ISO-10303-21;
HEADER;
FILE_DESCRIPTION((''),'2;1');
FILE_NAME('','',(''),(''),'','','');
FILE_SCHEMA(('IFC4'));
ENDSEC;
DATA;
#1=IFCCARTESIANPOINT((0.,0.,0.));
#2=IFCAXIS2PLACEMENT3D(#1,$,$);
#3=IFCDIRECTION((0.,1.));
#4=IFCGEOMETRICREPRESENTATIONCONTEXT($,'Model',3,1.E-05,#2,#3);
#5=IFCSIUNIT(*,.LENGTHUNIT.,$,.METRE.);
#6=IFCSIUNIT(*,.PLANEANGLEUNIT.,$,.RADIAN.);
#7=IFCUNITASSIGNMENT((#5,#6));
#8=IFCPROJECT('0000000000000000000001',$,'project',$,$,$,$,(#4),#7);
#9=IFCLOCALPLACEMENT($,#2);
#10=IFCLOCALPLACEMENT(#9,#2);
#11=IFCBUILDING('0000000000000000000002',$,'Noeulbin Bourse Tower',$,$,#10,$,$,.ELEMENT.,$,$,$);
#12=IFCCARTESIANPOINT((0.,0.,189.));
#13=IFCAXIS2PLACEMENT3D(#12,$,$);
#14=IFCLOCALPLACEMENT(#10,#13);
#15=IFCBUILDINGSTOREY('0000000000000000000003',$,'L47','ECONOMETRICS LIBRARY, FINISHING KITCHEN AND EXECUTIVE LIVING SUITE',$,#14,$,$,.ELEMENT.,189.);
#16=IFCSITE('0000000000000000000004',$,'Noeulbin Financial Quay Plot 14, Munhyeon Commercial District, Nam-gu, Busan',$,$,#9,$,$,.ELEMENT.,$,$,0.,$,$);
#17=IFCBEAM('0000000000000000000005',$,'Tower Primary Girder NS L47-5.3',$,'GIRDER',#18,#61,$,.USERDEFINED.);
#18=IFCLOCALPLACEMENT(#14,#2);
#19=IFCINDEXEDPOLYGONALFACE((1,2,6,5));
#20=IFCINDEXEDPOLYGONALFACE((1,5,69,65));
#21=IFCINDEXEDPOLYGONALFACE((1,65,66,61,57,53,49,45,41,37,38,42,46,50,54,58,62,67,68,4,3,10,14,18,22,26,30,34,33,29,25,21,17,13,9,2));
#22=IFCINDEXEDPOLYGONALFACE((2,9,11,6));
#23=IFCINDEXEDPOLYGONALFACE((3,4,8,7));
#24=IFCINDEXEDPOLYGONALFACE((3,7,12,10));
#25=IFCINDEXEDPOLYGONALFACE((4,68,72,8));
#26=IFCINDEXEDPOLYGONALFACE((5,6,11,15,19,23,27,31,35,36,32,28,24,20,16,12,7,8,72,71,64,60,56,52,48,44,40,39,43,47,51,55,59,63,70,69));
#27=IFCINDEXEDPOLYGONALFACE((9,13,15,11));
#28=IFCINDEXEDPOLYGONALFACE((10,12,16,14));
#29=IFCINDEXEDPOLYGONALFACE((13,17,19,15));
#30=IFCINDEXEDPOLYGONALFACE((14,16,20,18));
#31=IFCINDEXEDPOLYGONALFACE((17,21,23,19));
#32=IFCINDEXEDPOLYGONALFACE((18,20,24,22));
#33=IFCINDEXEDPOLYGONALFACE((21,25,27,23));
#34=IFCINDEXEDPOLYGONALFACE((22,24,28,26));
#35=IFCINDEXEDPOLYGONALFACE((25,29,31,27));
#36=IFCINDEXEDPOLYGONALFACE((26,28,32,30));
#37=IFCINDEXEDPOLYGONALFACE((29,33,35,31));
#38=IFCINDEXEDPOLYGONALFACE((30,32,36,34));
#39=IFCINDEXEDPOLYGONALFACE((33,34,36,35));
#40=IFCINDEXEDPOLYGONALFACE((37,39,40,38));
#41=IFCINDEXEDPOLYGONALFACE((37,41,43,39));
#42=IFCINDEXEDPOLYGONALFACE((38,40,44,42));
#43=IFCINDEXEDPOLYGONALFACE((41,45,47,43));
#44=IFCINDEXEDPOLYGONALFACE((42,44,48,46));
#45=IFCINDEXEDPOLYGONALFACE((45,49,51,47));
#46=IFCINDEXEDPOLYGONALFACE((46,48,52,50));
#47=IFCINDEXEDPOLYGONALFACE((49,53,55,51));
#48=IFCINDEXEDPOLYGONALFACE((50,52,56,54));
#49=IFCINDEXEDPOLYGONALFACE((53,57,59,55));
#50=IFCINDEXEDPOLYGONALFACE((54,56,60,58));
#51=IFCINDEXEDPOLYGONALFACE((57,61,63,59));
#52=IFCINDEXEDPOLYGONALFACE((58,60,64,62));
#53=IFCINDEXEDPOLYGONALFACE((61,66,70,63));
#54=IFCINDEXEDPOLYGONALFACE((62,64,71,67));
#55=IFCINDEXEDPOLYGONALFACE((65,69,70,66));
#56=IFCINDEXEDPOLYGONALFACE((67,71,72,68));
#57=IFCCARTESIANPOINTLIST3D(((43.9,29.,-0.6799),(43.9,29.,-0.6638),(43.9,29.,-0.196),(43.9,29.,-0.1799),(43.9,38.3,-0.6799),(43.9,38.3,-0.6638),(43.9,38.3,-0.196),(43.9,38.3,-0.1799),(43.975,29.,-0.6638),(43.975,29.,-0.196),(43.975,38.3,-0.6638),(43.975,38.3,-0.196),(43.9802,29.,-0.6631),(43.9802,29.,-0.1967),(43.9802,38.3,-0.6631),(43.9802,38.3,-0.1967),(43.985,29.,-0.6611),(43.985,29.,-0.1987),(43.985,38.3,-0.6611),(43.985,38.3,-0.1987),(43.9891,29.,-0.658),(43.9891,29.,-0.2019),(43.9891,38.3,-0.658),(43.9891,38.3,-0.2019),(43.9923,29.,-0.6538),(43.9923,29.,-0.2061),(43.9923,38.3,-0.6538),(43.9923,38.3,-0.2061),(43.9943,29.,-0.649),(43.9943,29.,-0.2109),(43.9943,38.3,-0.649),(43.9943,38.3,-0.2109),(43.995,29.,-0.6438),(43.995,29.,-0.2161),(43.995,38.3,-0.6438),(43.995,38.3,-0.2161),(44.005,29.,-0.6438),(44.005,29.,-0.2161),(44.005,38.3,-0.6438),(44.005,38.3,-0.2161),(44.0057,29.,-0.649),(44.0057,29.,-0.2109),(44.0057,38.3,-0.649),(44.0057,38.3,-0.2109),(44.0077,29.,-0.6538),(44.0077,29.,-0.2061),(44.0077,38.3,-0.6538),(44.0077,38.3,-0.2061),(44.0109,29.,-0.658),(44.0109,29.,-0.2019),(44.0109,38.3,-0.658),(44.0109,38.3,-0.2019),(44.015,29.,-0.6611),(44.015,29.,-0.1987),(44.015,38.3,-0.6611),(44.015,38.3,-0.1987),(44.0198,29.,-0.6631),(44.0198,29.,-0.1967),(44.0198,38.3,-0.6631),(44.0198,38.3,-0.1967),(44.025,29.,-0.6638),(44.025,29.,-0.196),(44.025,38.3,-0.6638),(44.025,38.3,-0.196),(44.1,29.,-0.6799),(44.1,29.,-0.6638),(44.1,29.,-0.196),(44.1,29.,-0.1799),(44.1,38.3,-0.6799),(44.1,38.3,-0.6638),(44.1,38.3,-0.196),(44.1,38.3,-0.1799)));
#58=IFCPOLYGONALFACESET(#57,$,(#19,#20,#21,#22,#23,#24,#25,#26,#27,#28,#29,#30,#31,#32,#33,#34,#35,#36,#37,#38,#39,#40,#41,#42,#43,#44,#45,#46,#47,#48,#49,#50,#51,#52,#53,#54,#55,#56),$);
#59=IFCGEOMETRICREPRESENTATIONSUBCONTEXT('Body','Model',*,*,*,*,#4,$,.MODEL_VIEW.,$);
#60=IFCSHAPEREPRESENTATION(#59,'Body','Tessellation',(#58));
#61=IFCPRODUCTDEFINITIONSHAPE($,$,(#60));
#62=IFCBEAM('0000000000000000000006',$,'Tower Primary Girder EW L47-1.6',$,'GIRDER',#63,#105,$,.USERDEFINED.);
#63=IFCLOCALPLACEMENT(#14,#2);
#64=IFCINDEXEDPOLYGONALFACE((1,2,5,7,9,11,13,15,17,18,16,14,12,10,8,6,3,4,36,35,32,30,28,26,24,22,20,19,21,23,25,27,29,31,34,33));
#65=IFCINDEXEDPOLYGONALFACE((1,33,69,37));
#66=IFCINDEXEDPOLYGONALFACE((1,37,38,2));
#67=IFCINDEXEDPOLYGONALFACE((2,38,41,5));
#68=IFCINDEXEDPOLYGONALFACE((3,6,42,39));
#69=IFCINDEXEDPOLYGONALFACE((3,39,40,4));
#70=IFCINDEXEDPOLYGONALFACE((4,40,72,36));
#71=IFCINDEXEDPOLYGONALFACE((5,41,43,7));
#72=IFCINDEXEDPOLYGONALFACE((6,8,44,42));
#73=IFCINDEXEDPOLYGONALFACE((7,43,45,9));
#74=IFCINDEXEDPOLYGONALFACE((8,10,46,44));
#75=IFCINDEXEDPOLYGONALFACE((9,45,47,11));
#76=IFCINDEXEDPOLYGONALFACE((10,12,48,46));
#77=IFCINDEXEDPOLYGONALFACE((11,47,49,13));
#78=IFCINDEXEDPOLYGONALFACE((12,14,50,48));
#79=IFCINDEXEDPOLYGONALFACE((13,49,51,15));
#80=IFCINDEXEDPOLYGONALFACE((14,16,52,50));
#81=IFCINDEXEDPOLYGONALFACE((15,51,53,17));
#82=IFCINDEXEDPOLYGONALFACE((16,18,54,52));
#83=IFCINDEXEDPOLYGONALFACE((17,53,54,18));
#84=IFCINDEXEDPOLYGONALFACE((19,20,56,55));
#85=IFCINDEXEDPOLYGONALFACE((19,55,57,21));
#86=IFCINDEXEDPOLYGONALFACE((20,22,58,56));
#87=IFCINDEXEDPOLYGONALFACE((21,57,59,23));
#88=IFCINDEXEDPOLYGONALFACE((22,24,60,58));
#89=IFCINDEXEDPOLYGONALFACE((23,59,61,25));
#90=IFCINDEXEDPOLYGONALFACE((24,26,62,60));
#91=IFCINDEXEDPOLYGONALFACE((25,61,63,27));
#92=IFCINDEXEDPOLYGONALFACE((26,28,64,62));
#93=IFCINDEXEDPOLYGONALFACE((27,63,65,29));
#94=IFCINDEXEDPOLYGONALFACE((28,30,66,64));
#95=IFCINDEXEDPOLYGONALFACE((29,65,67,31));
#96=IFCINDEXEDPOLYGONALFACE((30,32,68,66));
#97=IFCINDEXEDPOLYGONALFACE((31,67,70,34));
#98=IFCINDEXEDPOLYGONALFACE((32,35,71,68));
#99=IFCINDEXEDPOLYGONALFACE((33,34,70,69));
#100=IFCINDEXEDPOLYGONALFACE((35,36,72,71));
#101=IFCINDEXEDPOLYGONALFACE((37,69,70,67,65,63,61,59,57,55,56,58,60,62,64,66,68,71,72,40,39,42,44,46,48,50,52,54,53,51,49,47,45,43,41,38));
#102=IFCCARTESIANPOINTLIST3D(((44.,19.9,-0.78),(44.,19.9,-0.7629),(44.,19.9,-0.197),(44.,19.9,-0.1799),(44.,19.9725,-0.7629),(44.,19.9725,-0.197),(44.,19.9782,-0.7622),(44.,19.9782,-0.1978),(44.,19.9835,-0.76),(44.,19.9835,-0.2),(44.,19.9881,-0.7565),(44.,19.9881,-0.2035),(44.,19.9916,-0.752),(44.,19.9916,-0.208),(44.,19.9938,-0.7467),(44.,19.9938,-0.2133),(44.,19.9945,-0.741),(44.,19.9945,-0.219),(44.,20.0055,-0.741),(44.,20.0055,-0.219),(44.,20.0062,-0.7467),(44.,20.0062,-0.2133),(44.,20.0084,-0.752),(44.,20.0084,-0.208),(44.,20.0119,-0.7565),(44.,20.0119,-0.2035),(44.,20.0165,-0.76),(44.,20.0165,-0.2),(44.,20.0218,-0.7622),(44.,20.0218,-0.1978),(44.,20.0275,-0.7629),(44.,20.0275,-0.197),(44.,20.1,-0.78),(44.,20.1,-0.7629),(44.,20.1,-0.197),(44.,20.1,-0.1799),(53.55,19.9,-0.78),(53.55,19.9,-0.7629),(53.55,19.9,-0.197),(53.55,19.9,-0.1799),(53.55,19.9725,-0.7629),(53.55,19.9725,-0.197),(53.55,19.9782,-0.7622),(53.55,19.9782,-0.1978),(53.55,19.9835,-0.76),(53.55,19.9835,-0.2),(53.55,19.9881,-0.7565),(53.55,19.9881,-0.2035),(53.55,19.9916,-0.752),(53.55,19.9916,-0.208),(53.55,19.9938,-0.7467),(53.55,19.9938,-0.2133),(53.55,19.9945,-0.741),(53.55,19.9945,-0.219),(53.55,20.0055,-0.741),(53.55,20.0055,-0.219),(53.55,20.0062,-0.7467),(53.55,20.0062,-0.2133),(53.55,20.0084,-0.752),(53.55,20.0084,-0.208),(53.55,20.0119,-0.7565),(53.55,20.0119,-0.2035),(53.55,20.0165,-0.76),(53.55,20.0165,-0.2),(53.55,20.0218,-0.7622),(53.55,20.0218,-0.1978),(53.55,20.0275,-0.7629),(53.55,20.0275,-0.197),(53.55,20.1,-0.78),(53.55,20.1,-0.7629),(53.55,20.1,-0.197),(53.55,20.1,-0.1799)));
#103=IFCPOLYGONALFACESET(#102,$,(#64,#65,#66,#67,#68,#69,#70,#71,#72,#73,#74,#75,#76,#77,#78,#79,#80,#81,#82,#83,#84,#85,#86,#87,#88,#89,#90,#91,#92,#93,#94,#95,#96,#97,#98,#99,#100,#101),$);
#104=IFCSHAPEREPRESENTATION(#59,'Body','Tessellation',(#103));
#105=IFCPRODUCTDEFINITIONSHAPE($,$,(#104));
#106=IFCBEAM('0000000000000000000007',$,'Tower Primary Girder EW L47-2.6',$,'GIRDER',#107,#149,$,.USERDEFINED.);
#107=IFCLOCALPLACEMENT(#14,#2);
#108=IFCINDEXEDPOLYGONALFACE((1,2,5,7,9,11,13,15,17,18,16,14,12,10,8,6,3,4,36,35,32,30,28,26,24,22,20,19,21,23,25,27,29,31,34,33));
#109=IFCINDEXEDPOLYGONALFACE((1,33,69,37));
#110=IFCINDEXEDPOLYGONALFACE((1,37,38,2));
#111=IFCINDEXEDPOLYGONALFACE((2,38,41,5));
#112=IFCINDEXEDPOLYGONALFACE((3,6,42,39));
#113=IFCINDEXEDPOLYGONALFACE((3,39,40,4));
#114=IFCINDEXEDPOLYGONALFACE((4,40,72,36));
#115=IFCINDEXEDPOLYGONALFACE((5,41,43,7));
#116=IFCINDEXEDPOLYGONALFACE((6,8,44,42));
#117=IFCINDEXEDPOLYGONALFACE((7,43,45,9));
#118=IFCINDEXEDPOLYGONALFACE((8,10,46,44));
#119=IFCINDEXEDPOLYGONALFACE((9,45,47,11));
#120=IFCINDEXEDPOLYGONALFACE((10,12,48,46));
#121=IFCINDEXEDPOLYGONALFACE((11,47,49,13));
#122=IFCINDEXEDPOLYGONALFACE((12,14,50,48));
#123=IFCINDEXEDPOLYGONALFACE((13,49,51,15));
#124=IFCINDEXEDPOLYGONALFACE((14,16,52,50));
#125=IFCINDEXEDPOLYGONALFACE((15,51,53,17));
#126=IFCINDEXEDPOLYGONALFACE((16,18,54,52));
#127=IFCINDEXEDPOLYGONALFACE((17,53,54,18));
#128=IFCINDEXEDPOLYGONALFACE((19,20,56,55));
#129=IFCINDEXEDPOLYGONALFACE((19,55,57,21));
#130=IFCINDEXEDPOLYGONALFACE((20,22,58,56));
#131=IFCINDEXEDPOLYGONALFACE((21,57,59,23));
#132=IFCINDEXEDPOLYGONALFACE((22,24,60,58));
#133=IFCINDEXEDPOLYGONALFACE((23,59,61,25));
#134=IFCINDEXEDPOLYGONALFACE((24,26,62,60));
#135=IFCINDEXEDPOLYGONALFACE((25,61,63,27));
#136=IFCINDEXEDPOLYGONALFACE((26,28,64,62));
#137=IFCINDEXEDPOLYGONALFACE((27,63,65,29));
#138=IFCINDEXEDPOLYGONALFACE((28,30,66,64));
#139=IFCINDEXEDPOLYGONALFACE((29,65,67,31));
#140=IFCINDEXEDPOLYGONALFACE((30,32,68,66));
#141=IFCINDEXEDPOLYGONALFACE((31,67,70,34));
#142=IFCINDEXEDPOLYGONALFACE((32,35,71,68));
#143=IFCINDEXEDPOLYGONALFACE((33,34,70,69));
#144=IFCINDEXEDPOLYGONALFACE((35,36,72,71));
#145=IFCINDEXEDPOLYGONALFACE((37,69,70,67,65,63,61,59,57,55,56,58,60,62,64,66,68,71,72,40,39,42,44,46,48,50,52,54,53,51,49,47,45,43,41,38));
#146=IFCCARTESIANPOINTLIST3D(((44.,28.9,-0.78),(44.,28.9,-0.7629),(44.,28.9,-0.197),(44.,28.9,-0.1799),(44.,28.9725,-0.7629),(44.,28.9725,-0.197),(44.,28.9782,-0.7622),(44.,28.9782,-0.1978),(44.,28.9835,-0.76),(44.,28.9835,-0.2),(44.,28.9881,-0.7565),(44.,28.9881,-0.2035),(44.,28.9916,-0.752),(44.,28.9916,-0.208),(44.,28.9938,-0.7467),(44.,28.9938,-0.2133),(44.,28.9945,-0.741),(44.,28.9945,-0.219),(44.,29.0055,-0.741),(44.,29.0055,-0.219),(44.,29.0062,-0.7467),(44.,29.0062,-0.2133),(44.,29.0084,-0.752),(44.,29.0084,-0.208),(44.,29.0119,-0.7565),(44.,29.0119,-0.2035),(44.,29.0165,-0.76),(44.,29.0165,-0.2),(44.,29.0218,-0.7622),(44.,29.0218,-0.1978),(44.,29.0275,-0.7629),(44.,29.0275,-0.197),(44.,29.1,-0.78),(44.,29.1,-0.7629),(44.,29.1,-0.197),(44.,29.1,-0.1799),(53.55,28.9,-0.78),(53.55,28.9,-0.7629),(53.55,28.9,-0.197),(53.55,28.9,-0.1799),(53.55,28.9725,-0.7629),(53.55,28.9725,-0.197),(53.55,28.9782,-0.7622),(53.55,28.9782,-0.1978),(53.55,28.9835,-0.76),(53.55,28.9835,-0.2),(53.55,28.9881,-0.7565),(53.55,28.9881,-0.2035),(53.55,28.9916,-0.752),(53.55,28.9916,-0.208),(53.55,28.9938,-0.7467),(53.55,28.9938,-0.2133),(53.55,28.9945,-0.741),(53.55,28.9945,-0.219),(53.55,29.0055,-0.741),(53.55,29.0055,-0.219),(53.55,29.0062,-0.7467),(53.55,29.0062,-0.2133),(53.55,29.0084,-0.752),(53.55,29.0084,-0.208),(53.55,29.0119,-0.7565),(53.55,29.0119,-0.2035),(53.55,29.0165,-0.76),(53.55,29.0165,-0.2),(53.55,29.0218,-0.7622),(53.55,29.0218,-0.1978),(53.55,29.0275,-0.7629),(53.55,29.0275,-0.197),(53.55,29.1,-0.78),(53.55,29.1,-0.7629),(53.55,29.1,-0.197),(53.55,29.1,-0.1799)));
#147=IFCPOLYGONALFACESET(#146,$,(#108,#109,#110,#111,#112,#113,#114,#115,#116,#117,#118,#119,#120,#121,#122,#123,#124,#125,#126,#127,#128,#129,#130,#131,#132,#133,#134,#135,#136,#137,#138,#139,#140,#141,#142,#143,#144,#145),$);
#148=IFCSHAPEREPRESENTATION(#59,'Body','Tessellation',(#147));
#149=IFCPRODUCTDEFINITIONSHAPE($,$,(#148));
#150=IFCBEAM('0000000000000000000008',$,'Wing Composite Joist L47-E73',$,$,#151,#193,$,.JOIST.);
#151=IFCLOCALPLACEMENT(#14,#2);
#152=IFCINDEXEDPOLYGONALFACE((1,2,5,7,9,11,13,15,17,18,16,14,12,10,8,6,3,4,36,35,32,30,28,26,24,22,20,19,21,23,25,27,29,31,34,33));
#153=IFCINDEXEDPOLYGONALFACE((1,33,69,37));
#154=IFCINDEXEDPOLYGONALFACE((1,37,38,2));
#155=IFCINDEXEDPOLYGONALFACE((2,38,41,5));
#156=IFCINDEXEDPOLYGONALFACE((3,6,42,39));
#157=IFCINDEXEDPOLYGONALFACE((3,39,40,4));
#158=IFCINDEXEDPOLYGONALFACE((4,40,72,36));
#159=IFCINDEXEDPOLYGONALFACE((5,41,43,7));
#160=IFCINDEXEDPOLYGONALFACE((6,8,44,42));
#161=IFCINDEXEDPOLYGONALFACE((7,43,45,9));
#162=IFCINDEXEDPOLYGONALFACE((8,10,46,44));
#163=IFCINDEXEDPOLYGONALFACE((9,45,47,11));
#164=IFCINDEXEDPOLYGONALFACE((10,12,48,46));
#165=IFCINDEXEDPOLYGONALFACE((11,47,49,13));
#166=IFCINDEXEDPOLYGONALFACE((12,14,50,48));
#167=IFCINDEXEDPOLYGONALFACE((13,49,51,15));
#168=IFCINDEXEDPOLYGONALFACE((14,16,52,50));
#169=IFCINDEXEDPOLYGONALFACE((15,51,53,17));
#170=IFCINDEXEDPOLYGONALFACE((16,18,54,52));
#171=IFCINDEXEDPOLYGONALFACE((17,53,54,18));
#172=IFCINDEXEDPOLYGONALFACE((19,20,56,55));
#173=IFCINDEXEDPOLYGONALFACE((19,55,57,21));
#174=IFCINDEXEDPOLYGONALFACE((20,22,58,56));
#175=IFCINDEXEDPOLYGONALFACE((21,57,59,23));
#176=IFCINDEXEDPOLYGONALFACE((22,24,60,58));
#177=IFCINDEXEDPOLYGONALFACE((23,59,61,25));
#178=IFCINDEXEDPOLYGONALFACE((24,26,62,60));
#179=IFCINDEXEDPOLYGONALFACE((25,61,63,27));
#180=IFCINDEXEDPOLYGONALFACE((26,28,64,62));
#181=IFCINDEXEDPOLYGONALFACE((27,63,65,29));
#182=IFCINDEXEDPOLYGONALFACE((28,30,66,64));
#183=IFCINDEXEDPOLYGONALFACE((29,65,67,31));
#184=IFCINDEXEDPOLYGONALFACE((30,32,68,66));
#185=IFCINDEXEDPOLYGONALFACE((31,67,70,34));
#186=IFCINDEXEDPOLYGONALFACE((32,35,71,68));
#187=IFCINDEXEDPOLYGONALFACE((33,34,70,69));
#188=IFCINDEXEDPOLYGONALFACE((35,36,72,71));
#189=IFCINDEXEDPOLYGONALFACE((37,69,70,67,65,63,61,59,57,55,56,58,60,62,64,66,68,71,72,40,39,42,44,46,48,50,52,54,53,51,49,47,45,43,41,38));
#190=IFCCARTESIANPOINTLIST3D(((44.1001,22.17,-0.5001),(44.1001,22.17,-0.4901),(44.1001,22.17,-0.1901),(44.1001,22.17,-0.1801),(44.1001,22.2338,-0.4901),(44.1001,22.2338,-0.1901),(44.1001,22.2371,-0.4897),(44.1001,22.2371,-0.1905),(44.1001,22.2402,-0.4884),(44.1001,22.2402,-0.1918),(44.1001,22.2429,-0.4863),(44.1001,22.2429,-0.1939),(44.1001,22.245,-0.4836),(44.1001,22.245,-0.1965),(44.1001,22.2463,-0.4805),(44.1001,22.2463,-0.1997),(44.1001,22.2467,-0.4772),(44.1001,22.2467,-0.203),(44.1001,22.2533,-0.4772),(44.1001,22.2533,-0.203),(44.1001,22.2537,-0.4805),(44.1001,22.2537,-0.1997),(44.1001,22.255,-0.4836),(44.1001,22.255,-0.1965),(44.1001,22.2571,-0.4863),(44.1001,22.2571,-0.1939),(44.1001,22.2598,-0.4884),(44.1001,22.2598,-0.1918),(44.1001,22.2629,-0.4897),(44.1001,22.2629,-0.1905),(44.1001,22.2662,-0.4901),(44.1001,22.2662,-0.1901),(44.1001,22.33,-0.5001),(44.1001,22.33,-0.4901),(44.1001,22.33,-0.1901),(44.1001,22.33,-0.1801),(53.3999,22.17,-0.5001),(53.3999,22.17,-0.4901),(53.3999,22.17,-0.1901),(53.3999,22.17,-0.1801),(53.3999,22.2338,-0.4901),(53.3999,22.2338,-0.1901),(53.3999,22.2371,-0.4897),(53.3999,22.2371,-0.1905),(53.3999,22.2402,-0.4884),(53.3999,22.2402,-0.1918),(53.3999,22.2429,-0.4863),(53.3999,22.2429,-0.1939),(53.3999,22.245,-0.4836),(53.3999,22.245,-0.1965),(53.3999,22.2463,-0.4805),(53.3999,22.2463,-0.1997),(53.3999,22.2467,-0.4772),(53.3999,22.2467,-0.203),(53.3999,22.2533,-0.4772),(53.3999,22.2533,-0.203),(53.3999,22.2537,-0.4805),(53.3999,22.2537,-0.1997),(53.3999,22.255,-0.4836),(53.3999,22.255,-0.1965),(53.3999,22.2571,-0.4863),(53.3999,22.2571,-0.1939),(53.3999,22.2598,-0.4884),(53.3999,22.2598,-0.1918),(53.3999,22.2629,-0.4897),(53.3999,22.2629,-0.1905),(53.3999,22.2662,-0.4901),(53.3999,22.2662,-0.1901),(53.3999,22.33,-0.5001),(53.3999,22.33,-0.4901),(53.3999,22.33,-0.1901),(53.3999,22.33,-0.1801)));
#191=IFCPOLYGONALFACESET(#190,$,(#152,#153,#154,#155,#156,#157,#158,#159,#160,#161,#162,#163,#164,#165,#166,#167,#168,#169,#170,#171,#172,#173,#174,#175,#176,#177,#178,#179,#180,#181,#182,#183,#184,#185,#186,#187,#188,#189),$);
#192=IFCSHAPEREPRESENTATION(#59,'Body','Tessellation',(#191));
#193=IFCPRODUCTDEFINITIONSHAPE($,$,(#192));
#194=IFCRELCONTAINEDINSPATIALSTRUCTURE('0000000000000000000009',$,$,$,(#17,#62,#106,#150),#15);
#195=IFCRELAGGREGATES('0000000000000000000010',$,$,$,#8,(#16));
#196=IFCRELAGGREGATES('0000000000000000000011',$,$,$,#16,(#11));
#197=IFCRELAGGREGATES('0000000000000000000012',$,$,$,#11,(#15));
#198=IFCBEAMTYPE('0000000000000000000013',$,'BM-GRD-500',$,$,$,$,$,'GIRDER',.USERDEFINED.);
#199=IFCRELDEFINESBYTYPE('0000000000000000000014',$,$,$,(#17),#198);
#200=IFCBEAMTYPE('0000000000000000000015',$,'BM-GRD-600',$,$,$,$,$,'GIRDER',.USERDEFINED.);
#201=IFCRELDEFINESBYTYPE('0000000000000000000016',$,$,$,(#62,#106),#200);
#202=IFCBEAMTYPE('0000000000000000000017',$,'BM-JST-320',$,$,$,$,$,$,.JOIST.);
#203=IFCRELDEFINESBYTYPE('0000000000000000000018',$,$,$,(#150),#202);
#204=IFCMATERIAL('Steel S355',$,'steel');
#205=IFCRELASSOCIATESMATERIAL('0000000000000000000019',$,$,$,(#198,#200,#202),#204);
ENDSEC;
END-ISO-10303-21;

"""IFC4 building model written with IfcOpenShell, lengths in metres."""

from ifc_helpers import new_model, si_unit, direction, frame, origin, origin_2d, place, context, subcontext, project, spatial, i_section, extrude, material, material_profile, profile_set, type_object, element, save


model = new_model("IFC4")

# Units and contexts
model_context = context("Model", 3, precision=1e-05, world=origin(), true_north=direction((0.0, 1.0)))
body_context = subcontext(model_context, "Body", "Model", "MODEL_VIEW")
ifc_project = project(units=[si_unit("LENGTHUNIT", "METRE"), si_unit("PLANEANGLEUNIT", "RADIAN")], contexts=[model_context])

# Site, building, storey
site_placement = place(None, origin())
site = spatial("IfcSite", under=ifc_project, at=site_placement, Name="Noeulbin Financial Quay Plot 14, Munhyeon Commercial District, Nam-gu, Busan", CompositionType="ELEMENT", RefElevation=0.0)
building_placement = place(site_placement, origin())
building = spatial("IfcBuilding", under=site, at=building_placement, Name="Noeulbin Bourse Tower", CompositionType="ELEMENT")
storey_placement = place(building_placement, frame((0.0, 0.0, 189.0)))
storey = spatial("IfcBuildingStorey", under=building, at=storey_placement, Name="L47", Description="ECONOMETRICS LIBRARY, FINISHING KITCHEN AND EXECUTIVE LIVING SUITE", CompositionType="ELEMENT", Elevation=189.0)

# Shared definitions
ifc_material_1 = material(Name="Steel S355", Category="steel")

# Beams
ifc_material_profile_1 = material_profile(ifc_material_1, i_section(OverallWidth=0.2, OverallDepth=0.5, WebThickness=0.01, FlangeThickness=0.0161, FilletRadius=0.02, at=origin_2d()), Name="H-500x200x10x16", Category="LoadBearing")
ifc_profile_set_1 = profile_set([ifc_material_profile_1], Name="Steel S355")
beam_type_1 = type_object("IfcBeamType", Name="BM-GRD-500", ElementType="GIRDER", PredefinedType="USERDEFINED", material=ifc_profile_set_1)
beam_1_placement = place(storey_placement, frame((44.0, 29.0, -0.4299), z_axis=(0.0, 1.0, 0.0), x_axis=(-1.0, 0.0, 0.0)))
element("IfcBeam", 1, at=beam_1_placement, inside=storey, type_object=beam_type_1, Name="Tower Primary Girder NS L47-5.3", ObjectType="GIRDER", PredefinedType="USERDEFINED", context=body_context, shape_type="SweptSolid", body=[
    extrude(i_section(OverallWidth=0.2, OverallDepth=0.5, WebThickness=0.01, FlangeThickness=0.0161, FilletRadius=0.02, at=origin_2d()), origin(), (0.0, 0.0, 1.0), 9.3),
])
ifc_material_profile_2 = material_profile(ifc_material_1, i_section(OverallWidth=0.2, OverallDepth=0.6001, WebThickness=0.011, FlangeThickness=0.0171, FilletRadius=0.022, at=origin_2d()), Name="H-600x200x11x17", Category="LoadBearing")
ifc_profile_set_2 = profile_set([ifc_material_profile_2], Name="Steel S355")
beam_type_2 = type_object("IfcBeamType", Name="BM-GRD-600", ElementType="GIRDER", PredefinedType="USERDEFINED", material=ifc_profile_set_2)
for number, where, z_axis, x_axis, name in (
    (2, (44.0, 20.0, -0.48), (1.0, 0.0, 0.0), (0.0, 1.0, 0.0), "Tower Primary Girder EW L47-1.6"),
    (3, (44.0, 29.0, -0.48), (1.0, 0.0, 0.0), (0.0, 1.0, 0.0), "Tower Primary Girder EW L47-2.6"),
):
    element("IfcBeam", number, at=place(storey_placement, frame(where, z_axis=z_axis, x_axis=x_axis)), inside=storey, type_object=beam_type_2, Name=name, ObjectType="GIRDER", PredefinedType="USERDEFINED", context=body_context, shape_type="SweptSolid", body=[
        extrude(i_section(OverallWidth=0.2, OverallDepth=0.6001, WebThickness=0.011, FlangeThickness=0.0171, FilletRadius=0.022, at=origin_2d()), origin(), (0.0, 0.0, 1.0), 9.55),
    ])
ifc_material_profile_3 = material_profile(ifc_material_1, i_section(OverallWidth=0.1599, OverallDepth=0.3201, WebThickness=0.0066, FlangeThickness=0.01, FilletRadius=0.0129, at=origin_2d()), Name="H-320x160x6.5x10", Category="LoadBearing")
ifc_profile_set_3 = profile_set([ifc_material_profile_3], Name="Steel S355")
beam_type_3 = type_object("IfcBeamType", Name="BM-JST-320", PredefinedType="JOIST", material=ifc_profile_set_3)
for number, where, z_axis, x_axis, name in (
    (4, (44.1001, 22.25, -0.3401), (1.0, 0.0, 0.0), (0.0, 1.0, 0.0), "Wing Composite Joist L47-E73"),
):
    element("IfcBeam", number, at=place(storey_placement, frame(where, z_axis=z_axis, x_axis=x_axis)), inside=storey, type_object=beam_type_3, Name=name, PredefinedType="JOIST", context=body_context, shape_type="SweptSolid", body=[
        extrude(i_section(OverallWidth=0.1599, OverallDepth=0.3201, WebThickness=0.0066, FlangeThickness=0.01, FilletRadius=0.0129, at=origin_2d()), origin(), (0.0, 0.0, 1.0), 9.2998),
    ])

save(model, "model.ifc")
